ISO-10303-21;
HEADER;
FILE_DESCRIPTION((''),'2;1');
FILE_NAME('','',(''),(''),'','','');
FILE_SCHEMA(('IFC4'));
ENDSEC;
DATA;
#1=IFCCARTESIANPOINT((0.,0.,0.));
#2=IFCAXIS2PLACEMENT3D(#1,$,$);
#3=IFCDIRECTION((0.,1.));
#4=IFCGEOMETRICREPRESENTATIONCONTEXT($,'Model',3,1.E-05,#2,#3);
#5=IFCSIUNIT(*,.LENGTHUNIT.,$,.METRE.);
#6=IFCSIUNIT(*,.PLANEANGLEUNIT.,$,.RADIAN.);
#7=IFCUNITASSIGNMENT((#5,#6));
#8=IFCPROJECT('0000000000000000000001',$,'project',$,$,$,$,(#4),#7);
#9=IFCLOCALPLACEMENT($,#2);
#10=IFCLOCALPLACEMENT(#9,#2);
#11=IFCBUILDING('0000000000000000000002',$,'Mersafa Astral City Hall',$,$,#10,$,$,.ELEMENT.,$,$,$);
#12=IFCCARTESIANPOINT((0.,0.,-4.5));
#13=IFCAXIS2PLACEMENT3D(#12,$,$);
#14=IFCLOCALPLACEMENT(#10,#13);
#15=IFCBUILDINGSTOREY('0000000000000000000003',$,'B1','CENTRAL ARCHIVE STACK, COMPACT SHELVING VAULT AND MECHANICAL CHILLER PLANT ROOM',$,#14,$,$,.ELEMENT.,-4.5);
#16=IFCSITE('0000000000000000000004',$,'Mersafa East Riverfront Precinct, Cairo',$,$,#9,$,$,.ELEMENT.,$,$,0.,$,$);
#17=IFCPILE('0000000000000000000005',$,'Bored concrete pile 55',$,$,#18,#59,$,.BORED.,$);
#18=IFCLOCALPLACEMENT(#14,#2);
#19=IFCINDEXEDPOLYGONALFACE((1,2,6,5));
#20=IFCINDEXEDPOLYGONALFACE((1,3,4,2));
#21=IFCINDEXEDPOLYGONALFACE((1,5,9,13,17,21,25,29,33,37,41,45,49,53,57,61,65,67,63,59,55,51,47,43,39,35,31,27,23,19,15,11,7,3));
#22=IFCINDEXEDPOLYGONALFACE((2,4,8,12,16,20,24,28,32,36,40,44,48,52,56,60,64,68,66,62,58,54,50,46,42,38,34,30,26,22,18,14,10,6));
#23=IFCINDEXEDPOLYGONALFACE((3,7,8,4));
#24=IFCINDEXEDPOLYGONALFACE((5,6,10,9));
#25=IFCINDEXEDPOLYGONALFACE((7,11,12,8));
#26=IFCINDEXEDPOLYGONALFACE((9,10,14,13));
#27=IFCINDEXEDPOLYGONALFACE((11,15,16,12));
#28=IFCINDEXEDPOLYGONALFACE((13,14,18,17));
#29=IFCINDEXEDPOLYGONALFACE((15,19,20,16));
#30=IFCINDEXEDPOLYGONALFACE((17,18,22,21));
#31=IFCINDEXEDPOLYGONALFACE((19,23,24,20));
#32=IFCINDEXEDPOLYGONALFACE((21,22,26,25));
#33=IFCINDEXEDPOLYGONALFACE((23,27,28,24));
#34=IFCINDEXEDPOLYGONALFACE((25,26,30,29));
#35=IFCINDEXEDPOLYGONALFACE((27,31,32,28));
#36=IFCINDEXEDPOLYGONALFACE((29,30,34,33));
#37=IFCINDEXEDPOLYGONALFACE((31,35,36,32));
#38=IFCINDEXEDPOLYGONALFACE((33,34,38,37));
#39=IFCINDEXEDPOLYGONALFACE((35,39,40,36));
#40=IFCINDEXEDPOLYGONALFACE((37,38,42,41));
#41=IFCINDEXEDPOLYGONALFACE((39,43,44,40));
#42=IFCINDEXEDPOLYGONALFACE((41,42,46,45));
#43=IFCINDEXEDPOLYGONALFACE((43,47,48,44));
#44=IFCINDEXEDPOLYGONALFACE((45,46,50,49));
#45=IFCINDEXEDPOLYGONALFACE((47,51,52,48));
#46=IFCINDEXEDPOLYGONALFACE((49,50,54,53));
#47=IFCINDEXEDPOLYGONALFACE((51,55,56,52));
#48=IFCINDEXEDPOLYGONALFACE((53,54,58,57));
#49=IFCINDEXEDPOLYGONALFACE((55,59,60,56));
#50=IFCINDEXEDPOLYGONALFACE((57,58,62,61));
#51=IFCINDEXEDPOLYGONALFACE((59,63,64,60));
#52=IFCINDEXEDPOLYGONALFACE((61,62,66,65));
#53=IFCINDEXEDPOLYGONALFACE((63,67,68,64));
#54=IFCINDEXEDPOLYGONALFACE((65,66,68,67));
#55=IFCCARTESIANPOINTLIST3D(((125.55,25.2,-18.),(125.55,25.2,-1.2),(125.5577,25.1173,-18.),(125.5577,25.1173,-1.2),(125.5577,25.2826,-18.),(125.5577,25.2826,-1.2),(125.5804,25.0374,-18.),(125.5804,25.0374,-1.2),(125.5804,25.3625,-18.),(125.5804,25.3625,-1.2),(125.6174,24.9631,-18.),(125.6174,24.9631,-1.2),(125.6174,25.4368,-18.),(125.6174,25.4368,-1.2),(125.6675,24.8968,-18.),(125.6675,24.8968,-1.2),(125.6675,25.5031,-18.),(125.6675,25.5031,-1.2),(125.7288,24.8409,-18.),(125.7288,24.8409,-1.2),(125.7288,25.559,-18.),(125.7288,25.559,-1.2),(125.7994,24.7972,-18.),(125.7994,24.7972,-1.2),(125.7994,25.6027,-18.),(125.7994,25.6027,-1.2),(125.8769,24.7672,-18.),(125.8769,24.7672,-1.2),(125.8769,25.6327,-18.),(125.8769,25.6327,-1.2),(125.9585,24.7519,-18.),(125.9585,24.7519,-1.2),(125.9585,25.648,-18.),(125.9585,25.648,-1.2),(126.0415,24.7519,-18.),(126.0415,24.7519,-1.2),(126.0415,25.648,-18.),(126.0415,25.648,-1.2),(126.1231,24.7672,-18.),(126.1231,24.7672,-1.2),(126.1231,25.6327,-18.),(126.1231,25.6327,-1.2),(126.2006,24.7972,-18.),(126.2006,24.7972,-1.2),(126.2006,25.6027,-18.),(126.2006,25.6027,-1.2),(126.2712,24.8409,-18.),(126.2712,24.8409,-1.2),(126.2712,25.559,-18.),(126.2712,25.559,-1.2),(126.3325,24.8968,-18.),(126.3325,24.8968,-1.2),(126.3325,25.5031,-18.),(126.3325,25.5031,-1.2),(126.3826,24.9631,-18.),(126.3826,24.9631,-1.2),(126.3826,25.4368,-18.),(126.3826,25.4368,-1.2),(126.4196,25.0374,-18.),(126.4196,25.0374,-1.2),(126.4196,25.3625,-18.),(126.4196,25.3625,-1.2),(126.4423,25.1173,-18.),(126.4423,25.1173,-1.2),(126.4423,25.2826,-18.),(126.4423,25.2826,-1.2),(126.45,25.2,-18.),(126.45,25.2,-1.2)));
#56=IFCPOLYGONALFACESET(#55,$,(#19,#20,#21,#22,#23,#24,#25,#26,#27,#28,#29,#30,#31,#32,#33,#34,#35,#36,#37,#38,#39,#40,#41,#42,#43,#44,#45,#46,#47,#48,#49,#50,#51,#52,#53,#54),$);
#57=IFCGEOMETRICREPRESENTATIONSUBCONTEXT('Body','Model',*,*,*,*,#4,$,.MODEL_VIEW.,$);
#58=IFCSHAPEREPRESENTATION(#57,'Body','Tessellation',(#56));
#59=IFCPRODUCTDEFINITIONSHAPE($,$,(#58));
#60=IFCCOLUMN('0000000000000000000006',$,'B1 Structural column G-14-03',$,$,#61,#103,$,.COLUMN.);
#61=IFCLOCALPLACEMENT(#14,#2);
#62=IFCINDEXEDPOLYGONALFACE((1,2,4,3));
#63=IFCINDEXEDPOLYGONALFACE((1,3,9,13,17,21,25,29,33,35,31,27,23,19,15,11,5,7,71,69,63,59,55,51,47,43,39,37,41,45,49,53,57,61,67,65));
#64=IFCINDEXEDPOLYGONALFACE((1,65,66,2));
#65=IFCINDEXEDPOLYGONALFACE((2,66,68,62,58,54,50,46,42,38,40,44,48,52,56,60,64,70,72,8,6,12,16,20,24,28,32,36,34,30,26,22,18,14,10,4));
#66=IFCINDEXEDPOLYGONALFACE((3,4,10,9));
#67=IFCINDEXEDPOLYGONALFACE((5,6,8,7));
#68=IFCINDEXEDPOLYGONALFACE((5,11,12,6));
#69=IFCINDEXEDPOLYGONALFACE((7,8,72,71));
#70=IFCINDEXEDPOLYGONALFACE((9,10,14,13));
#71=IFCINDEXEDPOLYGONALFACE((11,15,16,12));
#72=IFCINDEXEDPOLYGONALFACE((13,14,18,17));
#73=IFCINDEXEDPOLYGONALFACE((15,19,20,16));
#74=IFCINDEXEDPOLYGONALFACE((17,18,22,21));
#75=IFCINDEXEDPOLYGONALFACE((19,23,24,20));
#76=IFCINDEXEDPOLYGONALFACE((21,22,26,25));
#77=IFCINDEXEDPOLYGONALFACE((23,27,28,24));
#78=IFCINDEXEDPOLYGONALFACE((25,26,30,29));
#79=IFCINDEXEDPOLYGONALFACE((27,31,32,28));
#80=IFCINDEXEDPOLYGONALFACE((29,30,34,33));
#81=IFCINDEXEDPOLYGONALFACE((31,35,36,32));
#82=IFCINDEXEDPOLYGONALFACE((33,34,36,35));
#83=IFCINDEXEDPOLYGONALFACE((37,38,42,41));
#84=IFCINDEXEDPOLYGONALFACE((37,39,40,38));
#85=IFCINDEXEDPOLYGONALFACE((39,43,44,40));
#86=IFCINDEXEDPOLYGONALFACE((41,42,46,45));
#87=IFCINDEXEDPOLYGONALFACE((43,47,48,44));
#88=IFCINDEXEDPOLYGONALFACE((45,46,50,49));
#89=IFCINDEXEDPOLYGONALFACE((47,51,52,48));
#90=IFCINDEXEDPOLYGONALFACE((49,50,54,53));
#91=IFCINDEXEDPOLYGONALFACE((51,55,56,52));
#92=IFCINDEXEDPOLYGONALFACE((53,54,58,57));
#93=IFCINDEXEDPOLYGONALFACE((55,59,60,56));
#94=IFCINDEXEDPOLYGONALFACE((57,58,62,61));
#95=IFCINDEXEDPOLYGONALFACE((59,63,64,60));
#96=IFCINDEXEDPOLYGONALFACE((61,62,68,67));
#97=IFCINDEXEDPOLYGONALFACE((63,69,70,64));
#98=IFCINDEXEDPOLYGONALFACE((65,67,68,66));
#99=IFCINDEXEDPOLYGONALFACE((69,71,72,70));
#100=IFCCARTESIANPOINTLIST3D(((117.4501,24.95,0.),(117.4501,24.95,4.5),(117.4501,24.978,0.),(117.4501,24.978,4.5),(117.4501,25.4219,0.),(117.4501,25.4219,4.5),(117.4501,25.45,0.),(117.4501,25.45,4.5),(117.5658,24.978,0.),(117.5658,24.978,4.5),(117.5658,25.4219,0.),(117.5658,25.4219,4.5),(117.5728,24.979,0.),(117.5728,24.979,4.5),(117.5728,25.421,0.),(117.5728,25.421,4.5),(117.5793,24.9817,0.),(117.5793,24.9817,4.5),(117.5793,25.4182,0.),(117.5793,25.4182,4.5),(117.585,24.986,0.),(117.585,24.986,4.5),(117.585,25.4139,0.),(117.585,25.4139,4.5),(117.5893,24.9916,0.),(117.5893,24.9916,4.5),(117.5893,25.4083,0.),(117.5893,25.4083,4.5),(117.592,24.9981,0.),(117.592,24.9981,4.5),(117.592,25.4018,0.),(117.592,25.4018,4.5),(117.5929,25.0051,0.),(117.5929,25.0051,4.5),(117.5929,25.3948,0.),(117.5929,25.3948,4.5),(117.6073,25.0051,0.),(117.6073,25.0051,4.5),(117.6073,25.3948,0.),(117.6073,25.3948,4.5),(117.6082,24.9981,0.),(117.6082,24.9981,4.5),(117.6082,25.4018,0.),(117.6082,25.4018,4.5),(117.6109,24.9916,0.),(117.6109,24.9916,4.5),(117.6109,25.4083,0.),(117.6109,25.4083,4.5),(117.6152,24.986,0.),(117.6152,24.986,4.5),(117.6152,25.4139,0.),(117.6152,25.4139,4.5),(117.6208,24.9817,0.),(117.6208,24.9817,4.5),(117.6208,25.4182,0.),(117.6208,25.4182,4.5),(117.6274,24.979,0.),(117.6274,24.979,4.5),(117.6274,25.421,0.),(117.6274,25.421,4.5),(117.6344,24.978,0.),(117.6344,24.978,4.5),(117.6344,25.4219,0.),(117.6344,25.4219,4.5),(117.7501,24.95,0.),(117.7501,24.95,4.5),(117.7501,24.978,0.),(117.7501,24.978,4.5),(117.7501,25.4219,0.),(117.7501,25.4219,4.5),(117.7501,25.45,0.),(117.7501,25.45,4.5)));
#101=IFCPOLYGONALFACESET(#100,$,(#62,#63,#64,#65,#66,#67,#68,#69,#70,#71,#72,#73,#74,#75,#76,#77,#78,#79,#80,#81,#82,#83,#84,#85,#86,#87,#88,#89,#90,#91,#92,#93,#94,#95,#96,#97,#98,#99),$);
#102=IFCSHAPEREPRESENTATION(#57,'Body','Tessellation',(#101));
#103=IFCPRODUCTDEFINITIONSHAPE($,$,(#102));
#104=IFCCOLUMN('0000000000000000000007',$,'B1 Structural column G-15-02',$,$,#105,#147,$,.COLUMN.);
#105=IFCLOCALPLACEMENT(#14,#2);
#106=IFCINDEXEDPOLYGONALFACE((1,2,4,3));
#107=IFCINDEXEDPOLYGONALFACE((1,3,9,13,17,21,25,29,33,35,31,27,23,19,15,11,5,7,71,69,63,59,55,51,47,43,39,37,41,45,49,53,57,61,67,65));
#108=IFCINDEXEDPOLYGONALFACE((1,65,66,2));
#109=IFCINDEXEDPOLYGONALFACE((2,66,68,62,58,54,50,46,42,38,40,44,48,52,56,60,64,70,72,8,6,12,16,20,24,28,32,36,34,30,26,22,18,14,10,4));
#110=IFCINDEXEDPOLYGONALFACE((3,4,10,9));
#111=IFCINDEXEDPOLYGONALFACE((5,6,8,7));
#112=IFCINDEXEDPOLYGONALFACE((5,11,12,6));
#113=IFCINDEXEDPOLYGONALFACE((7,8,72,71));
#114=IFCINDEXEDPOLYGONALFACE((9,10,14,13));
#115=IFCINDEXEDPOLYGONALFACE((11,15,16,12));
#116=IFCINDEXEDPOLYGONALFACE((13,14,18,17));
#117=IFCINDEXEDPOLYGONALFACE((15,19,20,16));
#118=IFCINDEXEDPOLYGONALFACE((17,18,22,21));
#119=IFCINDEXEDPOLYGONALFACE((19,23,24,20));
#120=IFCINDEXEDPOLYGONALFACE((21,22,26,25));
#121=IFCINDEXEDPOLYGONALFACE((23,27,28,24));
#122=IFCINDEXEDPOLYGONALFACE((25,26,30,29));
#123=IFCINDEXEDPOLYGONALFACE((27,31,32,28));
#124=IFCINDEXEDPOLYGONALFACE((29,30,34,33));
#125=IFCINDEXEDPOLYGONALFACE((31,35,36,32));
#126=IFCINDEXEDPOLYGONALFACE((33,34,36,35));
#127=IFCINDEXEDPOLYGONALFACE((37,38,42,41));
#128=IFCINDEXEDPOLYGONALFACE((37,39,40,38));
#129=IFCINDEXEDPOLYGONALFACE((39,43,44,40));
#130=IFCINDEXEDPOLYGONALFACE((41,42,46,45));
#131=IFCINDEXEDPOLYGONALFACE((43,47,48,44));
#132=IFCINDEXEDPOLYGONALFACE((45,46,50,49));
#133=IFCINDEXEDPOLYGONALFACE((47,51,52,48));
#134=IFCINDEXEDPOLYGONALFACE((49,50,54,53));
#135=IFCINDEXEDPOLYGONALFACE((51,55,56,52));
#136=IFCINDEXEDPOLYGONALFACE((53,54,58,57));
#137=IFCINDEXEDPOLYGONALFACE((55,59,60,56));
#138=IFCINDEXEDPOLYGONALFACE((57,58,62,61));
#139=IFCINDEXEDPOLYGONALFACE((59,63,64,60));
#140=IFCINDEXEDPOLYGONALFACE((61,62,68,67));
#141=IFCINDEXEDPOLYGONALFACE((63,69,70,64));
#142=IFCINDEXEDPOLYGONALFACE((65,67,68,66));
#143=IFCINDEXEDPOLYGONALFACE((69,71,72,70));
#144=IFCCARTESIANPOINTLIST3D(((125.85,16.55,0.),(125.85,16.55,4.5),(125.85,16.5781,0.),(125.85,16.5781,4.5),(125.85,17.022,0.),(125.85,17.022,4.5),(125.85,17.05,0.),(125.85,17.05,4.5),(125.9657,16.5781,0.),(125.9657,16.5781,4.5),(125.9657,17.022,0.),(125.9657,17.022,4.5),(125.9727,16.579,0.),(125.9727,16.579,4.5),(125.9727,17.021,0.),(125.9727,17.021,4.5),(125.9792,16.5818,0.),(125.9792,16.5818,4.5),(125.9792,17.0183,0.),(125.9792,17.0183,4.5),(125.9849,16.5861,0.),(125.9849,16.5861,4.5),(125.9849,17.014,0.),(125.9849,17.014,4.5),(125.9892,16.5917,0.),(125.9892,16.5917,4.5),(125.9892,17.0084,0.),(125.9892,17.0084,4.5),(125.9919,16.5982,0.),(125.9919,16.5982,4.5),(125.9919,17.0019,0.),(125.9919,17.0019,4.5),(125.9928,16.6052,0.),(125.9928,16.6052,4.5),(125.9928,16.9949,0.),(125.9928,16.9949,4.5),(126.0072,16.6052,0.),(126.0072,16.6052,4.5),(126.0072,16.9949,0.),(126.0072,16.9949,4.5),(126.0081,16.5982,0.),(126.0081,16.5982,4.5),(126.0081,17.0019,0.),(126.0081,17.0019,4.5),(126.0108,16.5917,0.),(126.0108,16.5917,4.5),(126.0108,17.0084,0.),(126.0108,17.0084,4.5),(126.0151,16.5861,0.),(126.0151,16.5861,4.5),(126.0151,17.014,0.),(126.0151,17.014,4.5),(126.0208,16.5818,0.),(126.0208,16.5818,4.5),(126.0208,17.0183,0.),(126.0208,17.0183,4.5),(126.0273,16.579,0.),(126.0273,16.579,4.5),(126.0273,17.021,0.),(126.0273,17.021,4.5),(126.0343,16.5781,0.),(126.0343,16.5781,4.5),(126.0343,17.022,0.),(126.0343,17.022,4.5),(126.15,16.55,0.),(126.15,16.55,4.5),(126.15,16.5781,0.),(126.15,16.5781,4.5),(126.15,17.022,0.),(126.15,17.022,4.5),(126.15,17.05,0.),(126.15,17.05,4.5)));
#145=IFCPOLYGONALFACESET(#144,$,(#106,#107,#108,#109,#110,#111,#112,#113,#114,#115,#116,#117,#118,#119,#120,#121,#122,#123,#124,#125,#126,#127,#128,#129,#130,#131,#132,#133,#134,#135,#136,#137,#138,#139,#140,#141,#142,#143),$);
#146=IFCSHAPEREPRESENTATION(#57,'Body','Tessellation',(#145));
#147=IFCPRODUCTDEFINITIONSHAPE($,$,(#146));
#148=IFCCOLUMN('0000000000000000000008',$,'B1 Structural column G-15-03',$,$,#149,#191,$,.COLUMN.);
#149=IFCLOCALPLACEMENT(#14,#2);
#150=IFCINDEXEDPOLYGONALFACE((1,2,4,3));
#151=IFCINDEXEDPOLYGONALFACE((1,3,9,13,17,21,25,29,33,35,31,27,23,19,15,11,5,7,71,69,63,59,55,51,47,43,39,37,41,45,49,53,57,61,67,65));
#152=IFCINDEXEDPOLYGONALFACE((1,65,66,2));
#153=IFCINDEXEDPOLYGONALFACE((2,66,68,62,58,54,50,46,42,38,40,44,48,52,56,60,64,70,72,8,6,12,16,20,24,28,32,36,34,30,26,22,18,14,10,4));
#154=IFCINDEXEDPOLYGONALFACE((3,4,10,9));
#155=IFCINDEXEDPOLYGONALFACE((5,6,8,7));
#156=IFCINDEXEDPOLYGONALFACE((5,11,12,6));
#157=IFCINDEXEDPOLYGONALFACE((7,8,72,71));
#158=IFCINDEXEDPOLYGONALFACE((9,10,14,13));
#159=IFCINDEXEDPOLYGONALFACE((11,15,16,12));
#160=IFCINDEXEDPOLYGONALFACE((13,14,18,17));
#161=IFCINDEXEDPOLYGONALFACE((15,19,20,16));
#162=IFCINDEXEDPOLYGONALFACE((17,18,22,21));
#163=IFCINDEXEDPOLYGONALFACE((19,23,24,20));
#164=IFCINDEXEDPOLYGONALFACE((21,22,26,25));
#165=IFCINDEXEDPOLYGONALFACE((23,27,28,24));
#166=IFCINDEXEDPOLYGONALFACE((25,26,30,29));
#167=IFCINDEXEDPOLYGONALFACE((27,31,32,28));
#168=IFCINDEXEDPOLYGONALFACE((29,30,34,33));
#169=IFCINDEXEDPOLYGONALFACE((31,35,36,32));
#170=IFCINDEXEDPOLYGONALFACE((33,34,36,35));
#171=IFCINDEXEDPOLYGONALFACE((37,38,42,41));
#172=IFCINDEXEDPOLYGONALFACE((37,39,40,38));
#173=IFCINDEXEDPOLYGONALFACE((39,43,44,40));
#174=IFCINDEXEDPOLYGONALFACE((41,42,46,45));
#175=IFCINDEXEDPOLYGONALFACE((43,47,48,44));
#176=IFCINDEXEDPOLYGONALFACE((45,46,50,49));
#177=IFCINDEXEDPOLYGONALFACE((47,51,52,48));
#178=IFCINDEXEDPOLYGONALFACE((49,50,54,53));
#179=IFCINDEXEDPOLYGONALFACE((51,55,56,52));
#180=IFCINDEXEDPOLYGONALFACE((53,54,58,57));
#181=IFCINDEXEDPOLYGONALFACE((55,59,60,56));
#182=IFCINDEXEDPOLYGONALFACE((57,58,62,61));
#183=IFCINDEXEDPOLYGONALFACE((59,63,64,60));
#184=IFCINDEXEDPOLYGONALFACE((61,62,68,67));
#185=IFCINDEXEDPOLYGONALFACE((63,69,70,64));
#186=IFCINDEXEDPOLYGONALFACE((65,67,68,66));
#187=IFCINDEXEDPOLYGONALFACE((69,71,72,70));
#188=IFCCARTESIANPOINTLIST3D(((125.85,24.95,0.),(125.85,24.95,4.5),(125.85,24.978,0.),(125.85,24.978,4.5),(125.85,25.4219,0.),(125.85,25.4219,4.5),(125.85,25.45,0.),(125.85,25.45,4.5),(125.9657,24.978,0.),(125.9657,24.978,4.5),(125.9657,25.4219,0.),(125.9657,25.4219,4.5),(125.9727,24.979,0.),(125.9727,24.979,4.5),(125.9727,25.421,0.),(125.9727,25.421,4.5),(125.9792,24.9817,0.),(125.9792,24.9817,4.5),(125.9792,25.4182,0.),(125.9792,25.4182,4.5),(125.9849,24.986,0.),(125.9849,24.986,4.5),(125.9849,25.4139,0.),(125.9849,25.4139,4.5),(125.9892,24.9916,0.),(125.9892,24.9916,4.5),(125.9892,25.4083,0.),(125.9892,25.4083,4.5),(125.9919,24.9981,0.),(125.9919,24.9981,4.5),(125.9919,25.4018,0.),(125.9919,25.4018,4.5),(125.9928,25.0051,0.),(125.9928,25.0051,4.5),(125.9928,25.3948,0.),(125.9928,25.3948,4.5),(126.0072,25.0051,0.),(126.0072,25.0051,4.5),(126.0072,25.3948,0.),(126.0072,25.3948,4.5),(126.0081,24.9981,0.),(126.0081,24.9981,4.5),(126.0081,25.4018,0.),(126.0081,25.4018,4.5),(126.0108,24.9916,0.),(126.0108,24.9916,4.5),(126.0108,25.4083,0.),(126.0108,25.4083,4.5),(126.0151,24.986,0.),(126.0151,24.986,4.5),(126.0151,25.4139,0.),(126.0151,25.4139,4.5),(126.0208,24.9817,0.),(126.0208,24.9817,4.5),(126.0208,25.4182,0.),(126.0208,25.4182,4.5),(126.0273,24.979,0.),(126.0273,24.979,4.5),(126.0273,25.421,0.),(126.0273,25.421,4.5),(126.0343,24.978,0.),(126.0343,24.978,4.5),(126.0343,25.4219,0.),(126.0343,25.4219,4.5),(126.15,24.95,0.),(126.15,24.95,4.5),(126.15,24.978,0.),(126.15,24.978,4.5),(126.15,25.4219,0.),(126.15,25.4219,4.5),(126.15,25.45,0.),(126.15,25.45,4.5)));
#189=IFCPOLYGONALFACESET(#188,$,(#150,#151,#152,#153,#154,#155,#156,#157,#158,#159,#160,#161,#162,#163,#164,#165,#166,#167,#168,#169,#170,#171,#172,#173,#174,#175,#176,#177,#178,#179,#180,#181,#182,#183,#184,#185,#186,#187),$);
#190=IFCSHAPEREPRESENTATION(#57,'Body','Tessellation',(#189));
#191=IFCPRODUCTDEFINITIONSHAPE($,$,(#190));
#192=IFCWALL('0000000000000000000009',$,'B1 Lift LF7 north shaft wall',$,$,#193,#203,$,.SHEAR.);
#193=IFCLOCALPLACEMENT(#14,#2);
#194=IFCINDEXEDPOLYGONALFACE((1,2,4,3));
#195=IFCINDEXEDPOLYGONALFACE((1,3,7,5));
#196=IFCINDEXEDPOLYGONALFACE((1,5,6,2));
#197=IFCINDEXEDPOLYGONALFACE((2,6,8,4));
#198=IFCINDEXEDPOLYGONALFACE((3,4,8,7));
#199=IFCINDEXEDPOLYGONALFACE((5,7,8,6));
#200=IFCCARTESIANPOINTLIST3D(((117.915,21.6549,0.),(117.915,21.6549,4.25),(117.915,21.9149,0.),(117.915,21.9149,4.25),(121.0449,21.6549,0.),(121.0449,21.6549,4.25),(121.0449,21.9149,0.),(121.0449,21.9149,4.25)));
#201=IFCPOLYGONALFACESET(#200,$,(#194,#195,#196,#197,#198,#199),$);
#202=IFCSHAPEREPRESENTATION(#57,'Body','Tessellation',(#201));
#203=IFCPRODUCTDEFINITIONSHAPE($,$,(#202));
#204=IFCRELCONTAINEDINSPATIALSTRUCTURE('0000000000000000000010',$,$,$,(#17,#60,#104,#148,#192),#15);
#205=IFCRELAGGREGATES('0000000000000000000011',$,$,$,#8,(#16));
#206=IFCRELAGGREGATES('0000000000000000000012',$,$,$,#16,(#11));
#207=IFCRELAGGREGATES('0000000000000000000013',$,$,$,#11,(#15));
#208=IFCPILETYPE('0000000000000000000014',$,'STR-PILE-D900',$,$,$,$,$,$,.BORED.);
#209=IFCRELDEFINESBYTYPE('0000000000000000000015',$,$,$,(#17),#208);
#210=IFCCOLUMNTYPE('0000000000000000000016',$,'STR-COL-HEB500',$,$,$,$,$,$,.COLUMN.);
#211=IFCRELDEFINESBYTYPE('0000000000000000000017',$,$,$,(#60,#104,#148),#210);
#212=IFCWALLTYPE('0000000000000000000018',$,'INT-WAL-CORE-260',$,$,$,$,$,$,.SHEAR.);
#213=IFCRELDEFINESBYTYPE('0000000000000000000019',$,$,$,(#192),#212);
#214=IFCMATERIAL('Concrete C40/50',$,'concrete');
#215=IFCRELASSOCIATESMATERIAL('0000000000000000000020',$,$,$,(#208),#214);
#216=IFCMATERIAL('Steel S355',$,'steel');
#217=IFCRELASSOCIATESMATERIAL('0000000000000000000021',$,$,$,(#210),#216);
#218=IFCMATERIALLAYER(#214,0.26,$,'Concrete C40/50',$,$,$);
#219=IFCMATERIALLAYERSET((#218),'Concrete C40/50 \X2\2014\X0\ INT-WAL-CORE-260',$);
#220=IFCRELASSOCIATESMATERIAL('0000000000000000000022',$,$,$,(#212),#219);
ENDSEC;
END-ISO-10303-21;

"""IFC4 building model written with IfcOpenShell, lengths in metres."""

from ifc_helpers import new_model, si_unit, direction, frame, frame_2d, origin, origin_2d, place, context, subcontext, project, spatial, rectangle, circle, i_section, extrude, material, layer, layer_set, material_profile, profile_set, type_object, element, save


model = new_model("IFC4")

# Units and contexts
model_context = context("Model", 3, precision=1e-05, world=origin(), true_north=direction((0.0, 1.0)))
body_context = subcontext(model_context, "Body", "Model", "MODEL_VIEW")
ifc_project = project(units=[si_unit("LENGTHUNIT", "METRE"), si_unit("PLANEANGLEUNIT", "RADIAN")], contexts=[model_context])

# Site, building, storey
site_placement = place(None, origin())
site = spatial("IfcSite", under=ifc_project, at=site_placement, Name="Mersafa East Riverfront Precinct, Cairo", CompositionType="ELEMENT", RefElevation=0.0)
building_placement = place(site_placement, origin())
building = spatial("IfcBuilding", under=site, at=building_placement, Name="Mersafa Astral City Hall", CompositionType="ELEMENT")
storey_placement = place(building_placement, frame((0.0, 0.0, -4.5)))
storey = spatial("IfcBuildingStorey", under=building, at=storey_placement, Name="B1", Description="CENTRAL ARCHIVE STACK, COMPACT SHELVING VAULT AND MECHANICAL CHILLER PLANT ROOM", CompositionType="ELEMENT", Elevation=-4.5)

# Shared definitions
ifc_material_1 = material(Name="Concrete C40/50", Category="concrete")

# Pile
ifc_material_profile_1 = material_profile(ifc_material_1, circle(Radius=0.45, at=origin_2d()), Name="PILE D900")
ifc_profile_set_1 = profile_set([ifc_material_profile_1], Name="Concrete C40/50")
pile_type = type_object("IfcPileType", Name="STR-PILE-D900", PredefinedType="BORED", material=ifc_profile_set_1)
for number, where, z_axis, x_axis, name in (
    (1, (126.0, 25.2, -1.2), (0.0, 0.0, -1.0), (1.0, 0.0, 0.0), "Bored concrete pile 55"),
):
    element("IfcPile", number, at=place(storey_placement, frame(where, z_axis=z_axis, x_axis=x_axis)), inside=storey, type_object=pile_type, Name=name, PredefinedType="BORED", context=body_context, shape_type="SweptSolid", body=[
        extrude(circle(Radius=0.45, at=origin_2d()), origin(), (0.0, 0.0, 1.0), 16.8),
    ])

# Columns
ifc_material_2 = material(Name="Steel S355", Category="steel")
ifc_material_profile_2 = material_profile(ifc_material_2, i_section(OverallWidth=0.3, OverallDepth=0.5, WebThickness=0.0144, FlangeThickness=0.0281, FilletRadius=0.0271, at=origin_2d()), Name="HEB 500")
ifc_profile_set_2 = profile_set([ifc_material_profile_2], Name="Steel S355")
column_type = type_object("IfcColumnType", Name="STR-COL-HEB500", PredefinedType="COLUMN", material=ifc_profile_set_2)
for number, where, z_axis, x_axis, name in (
    (2, (117.6001, 25.2, 0.0), (0.0, 0.0, 1.0), (1.0, 0.0, 0.0), "B1 Structural column G-14-03"),
    (3, (126.0, 16.8, 0.0), (0.0, 0.0, 1.0), (1.0, 0.0, 0.0), "B1 Structural column G-15-02"),
    (4, (126.0, 25.2, 0.0), (0.0, 0.0, 1.0), (1.0, 0.0, 0.0), "B1 Structural column G-15-03"),
):
    element("IfcColumn", number, at=place(storey_placement, frame(where, z_axis=z_axis, x_axis=x_axis)), inside=storey, type_object=column_type, Name=name, PredefinedType="COLUMN", context=body_context, shape_type="SweptSolid", body=[
        extrude(i_section(OverallWidth=0.3, OverallDepth=0.5, WebThickness=0.0144, FlangeThickness=0.0281, FilletRadius=0.0271, at=origin_2d()), origin(), (0.0, 0.0, 1.0), 4.5),
    ])

# Wall
ifc_layer_1 = layer(ifc_material_1, 0.26, Name="Concrete C40/50")
ifc_layer_set_1 = layer_set([ifc_layer_1], Name="Concrete C40/50 — INT-WAL-CORE-260")
wall_type_1 = type_object("IfcWallType", Name="INT-WAL-CORE-260", PredefinedType="SHEAR", material=ifc_layer_set_1)
wall_1_placement = place(storey_placement, frame((117.915, 21.7849, 0.0), z_axis=(0.0, 0.0, 1.0), x_axis=(1.0, 0.0, 0.0)))
element("IfcWall", 5, at=wall_1_placement, inside=storey, type_object=wall_type_1, Name="B1 Lift LF7 north shaft wall", PredefinedType="SHEAR", context=body_context, shape_type="SweptSolid", body=[
    extrude(rectangle(XDim=3.1299, YDim=0.26, at=frame_2d((1.5649, 0.0))), origin(), (0.0, 0.0, 1.0), 4.25),
])

save(model, "model.ifc")
